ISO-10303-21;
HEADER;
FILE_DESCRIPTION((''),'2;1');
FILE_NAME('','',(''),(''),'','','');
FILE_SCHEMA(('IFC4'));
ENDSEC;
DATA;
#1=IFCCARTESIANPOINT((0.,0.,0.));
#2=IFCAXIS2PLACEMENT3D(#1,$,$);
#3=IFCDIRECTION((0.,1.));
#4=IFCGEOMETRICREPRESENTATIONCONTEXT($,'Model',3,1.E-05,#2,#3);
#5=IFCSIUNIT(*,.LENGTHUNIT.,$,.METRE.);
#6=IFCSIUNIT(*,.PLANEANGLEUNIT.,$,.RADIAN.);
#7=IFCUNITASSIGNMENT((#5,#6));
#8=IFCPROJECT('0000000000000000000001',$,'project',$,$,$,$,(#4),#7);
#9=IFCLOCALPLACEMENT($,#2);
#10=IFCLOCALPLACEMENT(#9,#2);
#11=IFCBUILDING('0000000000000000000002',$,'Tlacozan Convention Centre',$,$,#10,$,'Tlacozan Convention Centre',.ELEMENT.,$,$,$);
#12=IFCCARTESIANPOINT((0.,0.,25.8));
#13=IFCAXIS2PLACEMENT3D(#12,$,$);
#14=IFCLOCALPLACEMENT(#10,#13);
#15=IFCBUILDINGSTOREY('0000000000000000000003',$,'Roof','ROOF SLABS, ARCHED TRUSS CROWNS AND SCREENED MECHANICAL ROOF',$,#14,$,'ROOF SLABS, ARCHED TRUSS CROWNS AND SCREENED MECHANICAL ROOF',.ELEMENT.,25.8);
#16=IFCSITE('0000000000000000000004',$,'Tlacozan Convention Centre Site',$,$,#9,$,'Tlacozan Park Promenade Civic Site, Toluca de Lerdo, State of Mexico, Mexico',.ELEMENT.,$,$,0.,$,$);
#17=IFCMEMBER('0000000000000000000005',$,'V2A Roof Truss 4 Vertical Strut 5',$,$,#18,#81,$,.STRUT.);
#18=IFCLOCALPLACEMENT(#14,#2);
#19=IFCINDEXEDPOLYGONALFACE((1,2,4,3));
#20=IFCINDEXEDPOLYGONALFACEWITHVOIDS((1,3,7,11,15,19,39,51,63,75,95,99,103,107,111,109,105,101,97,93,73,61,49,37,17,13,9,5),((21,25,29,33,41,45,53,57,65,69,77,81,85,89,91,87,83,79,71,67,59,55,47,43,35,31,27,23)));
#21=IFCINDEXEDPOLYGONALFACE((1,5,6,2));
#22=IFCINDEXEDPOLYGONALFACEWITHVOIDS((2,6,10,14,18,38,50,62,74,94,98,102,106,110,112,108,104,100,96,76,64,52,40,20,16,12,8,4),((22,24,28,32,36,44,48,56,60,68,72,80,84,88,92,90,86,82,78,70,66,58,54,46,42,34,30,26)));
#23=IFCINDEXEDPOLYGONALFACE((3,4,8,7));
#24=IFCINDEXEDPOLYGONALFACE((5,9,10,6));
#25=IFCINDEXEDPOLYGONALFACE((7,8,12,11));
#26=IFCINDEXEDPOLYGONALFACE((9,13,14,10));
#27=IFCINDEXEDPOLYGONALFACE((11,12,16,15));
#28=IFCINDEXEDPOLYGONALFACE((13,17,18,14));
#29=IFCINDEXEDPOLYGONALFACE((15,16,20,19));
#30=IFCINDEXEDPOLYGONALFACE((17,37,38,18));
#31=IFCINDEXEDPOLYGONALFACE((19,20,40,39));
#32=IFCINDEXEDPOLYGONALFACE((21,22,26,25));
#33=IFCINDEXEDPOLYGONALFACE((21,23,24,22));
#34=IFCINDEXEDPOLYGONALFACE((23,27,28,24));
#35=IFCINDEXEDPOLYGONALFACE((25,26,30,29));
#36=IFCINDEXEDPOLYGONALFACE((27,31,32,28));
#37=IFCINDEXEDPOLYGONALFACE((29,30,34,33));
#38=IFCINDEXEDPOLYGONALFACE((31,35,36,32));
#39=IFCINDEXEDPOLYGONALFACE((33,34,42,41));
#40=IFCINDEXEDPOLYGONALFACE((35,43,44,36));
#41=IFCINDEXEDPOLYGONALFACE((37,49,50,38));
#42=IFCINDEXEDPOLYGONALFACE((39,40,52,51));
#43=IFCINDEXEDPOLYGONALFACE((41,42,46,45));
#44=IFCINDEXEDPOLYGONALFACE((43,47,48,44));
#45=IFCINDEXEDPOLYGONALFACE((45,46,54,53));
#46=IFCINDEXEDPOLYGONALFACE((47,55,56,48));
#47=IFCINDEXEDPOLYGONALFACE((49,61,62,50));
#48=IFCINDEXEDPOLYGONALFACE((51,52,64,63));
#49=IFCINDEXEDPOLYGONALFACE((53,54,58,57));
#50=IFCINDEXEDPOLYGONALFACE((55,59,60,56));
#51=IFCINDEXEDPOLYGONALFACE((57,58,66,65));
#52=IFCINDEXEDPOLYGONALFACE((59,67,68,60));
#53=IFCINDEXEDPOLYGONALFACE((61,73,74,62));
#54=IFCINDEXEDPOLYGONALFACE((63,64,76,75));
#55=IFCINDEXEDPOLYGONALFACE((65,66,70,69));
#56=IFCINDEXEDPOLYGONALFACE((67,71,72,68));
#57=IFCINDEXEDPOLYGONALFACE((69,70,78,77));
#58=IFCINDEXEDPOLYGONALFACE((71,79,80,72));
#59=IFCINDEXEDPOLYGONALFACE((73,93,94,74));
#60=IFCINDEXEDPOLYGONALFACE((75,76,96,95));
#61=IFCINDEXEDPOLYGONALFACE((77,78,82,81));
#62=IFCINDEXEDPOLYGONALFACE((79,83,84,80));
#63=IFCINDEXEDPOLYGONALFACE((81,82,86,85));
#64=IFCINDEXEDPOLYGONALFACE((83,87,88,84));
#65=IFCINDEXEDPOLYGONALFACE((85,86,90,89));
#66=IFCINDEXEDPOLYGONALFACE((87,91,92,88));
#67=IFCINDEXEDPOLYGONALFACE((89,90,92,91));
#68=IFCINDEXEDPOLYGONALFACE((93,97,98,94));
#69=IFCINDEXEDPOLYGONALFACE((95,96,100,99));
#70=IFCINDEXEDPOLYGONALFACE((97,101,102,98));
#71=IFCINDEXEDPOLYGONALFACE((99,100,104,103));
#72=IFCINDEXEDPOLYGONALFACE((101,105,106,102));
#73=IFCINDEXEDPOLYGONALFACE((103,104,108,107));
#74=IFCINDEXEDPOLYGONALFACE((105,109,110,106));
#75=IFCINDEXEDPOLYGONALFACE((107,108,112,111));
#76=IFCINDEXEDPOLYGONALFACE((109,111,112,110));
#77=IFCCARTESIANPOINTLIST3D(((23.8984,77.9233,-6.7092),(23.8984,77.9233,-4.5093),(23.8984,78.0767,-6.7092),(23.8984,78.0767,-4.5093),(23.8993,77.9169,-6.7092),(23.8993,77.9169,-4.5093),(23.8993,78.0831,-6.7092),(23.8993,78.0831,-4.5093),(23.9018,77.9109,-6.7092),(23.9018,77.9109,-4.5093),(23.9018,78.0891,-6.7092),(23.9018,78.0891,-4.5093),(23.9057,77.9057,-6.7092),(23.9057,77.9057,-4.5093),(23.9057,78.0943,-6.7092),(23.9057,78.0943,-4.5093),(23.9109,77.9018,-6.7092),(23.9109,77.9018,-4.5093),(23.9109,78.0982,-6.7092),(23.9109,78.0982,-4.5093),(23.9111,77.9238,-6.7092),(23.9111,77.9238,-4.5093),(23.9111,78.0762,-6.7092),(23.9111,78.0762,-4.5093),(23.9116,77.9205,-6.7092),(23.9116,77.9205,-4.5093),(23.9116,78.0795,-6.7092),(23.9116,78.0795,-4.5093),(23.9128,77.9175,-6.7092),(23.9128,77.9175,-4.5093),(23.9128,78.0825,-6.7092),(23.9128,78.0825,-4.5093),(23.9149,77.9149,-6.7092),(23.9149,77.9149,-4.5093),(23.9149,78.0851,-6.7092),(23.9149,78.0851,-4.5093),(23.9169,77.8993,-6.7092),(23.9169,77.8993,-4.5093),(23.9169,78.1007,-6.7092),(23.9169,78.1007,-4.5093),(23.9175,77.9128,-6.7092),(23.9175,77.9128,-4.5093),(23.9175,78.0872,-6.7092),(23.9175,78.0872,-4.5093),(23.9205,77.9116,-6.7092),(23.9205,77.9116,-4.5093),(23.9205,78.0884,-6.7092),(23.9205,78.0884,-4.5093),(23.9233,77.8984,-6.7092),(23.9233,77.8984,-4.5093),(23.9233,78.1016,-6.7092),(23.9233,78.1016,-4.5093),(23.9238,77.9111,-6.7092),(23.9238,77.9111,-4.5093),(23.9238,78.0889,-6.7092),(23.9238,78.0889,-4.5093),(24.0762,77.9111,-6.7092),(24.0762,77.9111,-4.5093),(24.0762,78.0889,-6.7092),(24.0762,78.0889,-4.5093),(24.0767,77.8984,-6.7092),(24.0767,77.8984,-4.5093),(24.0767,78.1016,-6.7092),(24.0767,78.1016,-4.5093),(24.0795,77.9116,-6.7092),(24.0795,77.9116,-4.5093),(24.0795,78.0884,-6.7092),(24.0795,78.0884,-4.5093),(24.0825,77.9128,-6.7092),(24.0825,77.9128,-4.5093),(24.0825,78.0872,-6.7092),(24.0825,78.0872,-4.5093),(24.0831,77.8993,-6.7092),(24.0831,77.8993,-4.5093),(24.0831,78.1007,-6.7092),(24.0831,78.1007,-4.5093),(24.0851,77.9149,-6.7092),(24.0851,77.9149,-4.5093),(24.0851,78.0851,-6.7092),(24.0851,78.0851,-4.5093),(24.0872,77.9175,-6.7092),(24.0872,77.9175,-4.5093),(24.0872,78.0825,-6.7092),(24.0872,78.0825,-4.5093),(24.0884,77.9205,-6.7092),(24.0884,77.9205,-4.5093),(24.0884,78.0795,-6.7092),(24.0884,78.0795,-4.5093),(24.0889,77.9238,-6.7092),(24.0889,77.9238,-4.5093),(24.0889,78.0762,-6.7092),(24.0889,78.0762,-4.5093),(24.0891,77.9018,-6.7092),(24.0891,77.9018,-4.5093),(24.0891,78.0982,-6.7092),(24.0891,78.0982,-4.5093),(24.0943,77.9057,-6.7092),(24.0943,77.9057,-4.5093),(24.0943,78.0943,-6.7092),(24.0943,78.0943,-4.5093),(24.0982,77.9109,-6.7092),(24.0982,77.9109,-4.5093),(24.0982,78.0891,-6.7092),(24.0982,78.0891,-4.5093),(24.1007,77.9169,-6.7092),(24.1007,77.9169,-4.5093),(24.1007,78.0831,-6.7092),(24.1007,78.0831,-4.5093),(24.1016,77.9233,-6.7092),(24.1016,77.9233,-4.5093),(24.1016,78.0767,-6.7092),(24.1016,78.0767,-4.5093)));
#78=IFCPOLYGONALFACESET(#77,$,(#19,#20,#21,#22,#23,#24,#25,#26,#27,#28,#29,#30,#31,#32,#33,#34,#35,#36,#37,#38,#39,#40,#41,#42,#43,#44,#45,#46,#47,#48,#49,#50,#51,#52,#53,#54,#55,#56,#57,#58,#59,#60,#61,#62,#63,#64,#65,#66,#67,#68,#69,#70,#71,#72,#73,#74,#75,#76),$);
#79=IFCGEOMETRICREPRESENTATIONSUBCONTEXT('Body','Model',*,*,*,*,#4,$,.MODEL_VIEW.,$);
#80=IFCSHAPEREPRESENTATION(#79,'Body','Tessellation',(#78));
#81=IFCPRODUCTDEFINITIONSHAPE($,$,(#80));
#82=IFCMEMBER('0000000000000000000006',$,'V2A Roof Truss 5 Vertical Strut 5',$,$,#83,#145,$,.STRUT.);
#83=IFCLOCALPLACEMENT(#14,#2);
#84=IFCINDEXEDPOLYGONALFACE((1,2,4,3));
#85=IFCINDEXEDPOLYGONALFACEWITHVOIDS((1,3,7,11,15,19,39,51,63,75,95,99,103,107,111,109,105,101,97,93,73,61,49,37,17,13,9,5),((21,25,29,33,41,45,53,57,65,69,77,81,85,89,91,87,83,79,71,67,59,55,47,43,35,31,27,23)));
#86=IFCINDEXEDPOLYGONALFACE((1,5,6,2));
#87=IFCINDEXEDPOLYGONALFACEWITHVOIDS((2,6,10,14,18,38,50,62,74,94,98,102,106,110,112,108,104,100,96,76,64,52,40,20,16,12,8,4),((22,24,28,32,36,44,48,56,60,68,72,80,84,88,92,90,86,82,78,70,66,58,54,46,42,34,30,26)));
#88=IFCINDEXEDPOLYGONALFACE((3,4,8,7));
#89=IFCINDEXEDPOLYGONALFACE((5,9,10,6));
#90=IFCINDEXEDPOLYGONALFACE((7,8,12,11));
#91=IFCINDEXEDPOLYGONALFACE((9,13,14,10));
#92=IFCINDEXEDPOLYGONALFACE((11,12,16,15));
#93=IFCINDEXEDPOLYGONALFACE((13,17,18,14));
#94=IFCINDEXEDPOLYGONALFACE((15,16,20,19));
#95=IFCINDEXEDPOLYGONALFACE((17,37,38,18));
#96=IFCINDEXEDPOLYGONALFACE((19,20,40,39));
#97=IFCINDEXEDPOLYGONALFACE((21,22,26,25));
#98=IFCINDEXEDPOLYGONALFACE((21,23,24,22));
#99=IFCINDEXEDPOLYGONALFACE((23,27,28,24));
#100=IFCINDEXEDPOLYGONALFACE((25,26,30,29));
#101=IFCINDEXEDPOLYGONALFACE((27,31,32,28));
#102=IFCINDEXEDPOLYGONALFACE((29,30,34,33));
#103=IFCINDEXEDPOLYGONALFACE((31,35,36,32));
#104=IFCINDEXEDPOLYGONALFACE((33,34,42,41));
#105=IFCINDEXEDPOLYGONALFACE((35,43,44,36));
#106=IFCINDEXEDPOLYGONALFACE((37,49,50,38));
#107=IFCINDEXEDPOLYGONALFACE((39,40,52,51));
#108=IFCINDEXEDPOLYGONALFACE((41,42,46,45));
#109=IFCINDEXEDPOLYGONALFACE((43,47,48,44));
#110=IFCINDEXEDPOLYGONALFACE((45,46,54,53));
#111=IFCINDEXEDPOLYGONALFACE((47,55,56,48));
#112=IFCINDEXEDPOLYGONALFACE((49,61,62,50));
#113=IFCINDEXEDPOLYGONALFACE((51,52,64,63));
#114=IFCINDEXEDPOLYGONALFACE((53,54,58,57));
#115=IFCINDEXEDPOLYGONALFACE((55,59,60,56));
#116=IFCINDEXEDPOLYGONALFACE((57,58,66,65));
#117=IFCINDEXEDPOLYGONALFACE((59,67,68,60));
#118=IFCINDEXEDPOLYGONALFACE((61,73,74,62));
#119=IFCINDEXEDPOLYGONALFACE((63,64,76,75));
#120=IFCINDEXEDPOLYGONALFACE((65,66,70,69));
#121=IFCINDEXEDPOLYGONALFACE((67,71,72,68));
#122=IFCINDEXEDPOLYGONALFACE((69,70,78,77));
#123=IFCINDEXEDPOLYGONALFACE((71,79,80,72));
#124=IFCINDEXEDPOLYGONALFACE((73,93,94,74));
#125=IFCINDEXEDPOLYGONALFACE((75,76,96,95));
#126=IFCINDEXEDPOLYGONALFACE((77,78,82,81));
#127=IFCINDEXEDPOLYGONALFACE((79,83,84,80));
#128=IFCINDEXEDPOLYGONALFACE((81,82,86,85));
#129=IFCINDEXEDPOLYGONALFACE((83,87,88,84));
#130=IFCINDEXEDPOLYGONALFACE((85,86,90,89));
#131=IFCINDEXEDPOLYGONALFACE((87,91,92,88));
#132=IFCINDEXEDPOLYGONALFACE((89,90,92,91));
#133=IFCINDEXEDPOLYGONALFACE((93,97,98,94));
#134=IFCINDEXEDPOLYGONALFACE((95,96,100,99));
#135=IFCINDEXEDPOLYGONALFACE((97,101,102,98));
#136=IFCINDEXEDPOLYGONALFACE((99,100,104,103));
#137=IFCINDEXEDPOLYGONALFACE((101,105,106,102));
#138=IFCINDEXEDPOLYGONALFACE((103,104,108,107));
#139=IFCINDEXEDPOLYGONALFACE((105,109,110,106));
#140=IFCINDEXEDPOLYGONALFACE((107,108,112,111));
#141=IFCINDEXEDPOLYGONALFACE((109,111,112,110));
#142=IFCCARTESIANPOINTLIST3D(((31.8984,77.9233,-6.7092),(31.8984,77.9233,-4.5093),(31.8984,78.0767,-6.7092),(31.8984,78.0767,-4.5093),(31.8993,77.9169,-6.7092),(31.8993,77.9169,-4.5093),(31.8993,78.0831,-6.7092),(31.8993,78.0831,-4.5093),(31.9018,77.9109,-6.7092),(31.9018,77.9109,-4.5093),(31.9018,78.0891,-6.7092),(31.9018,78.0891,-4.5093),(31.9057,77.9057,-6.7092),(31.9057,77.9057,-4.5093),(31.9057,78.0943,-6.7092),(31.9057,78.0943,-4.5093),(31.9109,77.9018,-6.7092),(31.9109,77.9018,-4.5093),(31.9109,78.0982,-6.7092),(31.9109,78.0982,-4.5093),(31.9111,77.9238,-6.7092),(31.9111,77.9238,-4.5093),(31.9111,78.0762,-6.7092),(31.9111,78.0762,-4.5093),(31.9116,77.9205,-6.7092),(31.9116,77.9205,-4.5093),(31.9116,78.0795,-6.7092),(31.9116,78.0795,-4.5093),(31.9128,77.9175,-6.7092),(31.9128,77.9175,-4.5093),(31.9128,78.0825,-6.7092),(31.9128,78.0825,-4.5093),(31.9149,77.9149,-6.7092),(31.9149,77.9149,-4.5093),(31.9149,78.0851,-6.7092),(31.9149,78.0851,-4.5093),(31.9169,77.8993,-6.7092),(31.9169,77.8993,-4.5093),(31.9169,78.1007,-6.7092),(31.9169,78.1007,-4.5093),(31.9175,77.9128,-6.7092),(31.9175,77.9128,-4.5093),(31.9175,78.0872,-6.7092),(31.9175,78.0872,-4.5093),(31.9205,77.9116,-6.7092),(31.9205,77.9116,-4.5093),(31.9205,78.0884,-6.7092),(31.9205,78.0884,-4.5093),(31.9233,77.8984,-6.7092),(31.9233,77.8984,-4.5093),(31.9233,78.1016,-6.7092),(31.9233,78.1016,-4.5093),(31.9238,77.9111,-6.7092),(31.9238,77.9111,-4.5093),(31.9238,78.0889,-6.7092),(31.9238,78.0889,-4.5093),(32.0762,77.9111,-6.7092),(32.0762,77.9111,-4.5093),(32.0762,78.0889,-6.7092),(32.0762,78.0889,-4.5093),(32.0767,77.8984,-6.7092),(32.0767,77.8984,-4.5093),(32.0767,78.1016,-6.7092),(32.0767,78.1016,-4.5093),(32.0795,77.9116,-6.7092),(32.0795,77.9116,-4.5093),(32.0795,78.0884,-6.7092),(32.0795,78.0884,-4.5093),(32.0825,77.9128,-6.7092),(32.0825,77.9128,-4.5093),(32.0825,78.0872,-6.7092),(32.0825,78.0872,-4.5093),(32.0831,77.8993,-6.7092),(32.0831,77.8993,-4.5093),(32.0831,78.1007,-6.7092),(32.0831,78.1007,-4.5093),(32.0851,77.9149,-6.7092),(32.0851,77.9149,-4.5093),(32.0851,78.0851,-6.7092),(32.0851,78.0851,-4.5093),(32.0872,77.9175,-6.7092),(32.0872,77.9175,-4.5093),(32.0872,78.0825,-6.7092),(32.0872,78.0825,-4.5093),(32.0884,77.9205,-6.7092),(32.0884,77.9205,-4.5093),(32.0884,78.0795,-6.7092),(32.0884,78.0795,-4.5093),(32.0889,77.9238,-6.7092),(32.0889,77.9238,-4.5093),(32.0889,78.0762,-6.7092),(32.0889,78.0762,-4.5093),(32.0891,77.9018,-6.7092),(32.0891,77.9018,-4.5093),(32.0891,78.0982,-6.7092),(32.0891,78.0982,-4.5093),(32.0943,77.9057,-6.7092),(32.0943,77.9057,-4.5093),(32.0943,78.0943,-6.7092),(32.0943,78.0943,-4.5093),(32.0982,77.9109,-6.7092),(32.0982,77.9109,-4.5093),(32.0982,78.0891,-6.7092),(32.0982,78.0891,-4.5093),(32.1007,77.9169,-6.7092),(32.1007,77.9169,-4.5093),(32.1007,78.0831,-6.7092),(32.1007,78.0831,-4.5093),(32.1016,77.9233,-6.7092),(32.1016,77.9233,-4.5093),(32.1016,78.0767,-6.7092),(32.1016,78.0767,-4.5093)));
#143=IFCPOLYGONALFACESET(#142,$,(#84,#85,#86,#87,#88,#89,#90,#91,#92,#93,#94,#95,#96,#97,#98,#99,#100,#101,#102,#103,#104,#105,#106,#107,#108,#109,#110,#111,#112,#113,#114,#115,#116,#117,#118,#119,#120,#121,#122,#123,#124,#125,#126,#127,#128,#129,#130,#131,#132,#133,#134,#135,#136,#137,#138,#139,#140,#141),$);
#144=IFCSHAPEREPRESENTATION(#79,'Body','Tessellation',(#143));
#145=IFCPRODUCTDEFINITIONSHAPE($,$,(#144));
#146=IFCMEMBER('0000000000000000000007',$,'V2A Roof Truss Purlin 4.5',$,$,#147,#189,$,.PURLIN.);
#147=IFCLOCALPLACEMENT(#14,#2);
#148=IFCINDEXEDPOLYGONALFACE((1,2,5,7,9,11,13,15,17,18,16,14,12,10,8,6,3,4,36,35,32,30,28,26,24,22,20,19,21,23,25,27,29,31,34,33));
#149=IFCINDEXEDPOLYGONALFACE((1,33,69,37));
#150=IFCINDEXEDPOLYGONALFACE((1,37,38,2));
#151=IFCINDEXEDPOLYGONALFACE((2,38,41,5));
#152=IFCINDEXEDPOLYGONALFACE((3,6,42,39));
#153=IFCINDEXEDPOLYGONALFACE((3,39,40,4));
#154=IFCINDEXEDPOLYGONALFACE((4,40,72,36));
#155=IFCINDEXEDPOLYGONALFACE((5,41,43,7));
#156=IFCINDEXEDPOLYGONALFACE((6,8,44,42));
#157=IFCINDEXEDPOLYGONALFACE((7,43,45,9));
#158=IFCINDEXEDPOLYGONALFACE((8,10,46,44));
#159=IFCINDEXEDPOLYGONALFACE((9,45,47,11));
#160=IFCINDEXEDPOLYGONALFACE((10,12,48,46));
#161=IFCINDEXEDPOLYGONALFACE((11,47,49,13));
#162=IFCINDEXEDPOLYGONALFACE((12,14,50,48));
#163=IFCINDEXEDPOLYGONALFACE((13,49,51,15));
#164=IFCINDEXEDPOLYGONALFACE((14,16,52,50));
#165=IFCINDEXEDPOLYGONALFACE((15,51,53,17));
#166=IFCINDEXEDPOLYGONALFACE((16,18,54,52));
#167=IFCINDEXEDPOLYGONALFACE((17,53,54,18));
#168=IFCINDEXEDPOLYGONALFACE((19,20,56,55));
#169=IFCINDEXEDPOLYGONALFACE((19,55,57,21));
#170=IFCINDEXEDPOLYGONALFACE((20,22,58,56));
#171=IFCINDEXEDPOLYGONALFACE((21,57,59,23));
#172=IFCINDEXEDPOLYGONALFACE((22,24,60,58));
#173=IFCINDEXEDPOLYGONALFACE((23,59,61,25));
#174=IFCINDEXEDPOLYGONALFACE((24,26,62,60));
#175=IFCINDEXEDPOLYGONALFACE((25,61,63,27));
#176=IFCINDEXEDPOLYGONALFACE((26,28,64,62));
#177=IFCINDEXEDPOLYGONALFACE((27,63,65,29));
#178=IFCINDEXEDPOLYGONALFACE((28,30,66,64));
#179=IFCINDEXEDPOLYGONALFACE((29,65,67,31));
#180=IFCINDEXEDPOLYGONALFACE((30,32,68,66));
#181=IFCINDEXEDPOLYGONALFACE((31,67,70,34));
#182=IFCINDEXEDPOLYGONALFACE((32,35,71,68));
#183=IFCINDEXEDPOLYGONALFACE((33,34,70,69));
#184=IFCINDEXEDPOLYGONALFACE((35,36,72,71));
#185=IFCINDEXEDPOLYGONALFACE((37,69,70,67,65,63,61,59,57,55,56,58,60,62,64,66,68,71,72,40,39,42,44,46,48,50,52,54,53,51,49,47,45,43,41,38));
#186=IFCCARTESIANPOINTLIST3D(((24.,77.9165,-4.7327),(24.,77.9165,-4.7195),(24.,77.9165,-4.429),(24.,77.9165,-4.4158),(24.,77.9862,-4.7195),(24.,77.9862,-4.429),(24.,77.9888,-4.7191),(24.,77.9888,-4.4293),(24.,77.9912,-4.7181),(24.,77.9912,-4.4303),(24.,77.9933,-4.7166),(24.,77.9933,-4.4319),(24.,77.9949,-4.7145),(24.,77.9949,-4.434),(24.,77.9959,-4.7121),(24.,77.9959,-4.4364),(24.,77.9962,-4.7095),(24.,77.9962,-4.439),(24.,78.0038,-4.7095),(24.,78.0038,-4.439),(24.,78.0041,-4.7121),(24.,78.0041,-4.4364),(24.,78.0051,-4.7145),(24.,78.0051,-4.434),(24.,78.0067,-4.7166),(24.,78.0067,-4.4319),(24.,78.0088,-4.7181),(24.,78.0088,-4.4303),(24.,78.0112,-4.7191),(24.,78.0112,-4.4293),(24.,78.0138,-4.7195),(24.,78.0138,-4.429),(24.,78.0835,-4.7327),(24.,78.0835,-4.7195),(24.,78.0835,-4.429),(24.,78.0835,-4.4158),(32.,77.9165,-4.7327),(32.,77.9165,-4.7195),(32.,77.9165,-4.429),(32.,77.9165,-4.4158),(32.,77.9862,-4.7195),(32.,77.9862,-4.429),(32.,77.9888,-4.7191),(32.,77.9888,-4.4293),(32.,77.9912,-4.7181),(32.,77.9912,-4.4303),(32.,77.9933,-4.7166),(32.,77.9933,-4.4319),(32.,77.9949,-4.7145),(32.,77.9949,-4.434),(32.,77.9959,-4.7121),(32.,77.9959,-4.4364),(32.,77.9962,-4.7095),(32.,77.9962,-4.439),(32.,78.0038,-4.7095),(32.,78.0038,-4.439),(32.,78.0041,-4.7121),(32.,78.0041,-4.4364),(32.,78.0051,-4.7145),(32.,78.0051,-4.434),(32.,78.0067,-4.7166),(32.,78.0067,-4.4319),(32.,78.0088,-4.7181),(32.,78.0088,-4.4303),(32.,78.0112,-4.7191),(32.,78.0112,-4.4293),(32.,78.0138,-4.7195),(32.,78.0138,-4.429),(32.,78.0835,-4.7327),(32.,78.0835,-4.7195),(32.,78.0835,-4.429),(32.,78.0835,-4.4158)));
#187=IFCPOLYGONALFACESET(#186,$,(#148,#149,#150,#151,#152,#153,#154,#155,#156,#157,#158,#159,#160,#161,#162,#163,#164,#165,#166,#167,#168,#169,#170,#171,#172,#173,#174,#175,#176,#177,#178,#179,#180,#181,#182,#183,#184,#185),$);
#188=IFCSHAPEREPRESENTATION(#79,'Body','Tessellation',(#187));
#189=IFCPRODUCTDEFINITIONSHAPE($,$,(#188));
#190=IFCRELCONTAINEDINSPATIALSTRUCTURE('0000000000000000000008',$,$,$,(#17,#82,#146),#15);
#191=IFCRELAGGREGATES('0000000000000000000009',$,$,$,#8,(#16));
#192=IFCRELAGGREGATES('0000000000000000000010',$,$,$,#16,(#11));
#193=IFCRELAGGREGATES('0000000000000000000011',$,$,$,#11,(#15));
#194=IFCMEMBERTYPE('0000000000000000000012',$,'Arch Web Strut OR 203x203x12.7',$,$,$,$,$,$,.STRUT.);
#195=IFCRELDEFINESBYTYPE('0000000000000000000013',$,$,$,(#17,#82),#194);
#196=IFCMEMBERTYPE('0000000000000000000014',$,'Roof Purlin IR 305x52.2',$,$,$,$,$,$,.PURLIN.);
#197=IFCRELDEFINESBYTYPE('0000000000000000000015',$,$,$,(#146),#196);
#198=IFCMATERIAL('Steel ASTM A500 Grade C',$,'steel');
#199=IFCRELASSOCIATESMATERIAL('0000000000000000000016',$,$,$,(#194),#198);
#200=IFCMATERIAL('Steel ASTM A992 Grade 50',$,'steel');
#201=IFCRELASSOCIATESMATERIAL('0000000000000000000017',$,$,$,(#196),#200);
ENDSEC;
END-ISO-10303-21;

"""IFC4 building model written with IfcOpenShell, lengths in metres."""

from ifc_helpers import new_model, si_unit, direction, frame, origin, origin_2d, place, context, subcontext, project, spatial, hollow_rectangle, i_section, extrude, material, material_profile, profile_set, type_object, element, save


model = new_model("IFC4")

# Units and contexts
model_context = context("Model", 3, precision=1e-05, world=origin(), true_north=direction((0.0, 1.0)))
body_context = subcontext(model_context, "Body", "Model", "MODEL_VIEW")
ifc_project = project(units=[si_unit("LENGTHUNIT", "METRE"), si_unit("PLANEANGLEUNIT", "RADIAN")], contexts=[model_context])

# Site, building, storey
site_placement = place(None, origin())
site = spatial("IfcSite", under=ifc_project, at=site_placement, Name="Tlacozan Convention Centre Site", LongName="Tlacozan Park Promenade Civic Site, Toluca de Lerdo, State of Mexico, Mexico", CompositionType="ELEMENT", RefElevation=0.0)
building_placement = place(site_placement, origin())
building = spatial("IfcBuilding", under=site, at=building_placement, Name="Tlacozan Convention Centre", LongName="Tlacozan Convention Centre", CompositionType="ELEMENT")
storey_placement = place(building_placement, frame((0.0, 0.0, 25.8)))
storey = spatial("IfcBuildingStorey", under=building, at=storey_placement, Name="Roof", Description="ROOF SLABS, ARCHED TRUSS CROWNS AND SCREENED MECHANICAL ROOF", LongName="ROOF SLABS, ARCHED TRUSS CROWNS AND SCREENED MECHANICAL ROOF", CompositionType="ELEMENT", Elevation=25.8)

# Members
ifc_material_1 = material(Name="Steel ASTM A500 Grade C", Category="steel")
ifc_material_profile_1 = material_profile(ifc_material_1, hollow_rectangle(XDim=0.2031, YDim=0.2031, WallThickness=0.0127, InnerFilletRadius=0.0127, OuterFilletRadius=0.0249, at=origin_2d()), Name="OR 203x203x12.7")
ifc_profile_set_1 = profile_set([ifc_material_profile_1], Name="Steel ASTM A500 Grade C")
member_type_1 = type_object("IfcMemberType", Name="Arch Web Strut OR 203x203x12.7", PredefinedType="STRUT", material=ifc_profile_set_1)
for number, where, z_axis, x_axis, name in (
    (1, (24.0, 78.0, -6.7092), (0.0, 0.0, 1.0), (1.0, 0.0, 0.0), "V2A Roof Truss 4 Vertical Strut 5"),
    (2, (32.0, 78.0, -6.7092), (0.0, 0.0, 1.0), (1.0, 0.0, 0.0), "V2A Roof Truss 5 Vertical Strut 5"),
):
    element("IfcMember", number, at=place(storey_placement, frame(where, z_axis=z_axis, x_axis=x_axis)), inside=storey, type_object=member_type_1, Name=name, PredefinedType="STRUT", context=body_context, shape_type="SweptSolid", body=[
        extrude(hollow_rectangle(XDim=0.2031, YDim=0.2031, WallThickness=0.0127, InnerFilletRadius=0.0127, OuterFilletRadius=0.0249, at=origin_2d()), origin(), (0.0, 0.0, 1.0), 2.2),
    ])
ifc_material_2 = material(Name="Steel ASTM A992 Grade 50", Category="steel")
ifc_material_profile_2 = material_profile(ifc_material_2, i_section(OverallWidth=0.167, OverallDepth=0.3169, WebThickness=0.0076, FlangeThickness=0.0132, FilletRadius=0.01, at=origin_2d()), Name="IR 305x52.2")
ifc_profile_set_2 = profile_set([ifc_material_profile_2], Name="Steel ASTM A992 Grade 50")
member_type_2 = type_object("IfcMemberType", Name="Roof Purlin IR 305x52.2", PredefinedType="PURLIN", material=ifc_profile_set_2)
for number, where, z_axis, x_axis, name in (
    (3, (24.0, 78.0, -4.5742), (1.0, 0.0, 0.0), (0.0, 1.0, 0.0), "V2A Roof Truss Purlin 4.5"),
):
    element("IfcMember", number, at=place(storey_placement, frame(where, z_axis=z_axis, x_axis=x_axis)), inside=storey, type_object=member_type_2, Name=name, PredefinedType="PURLIN", context=body_context, shape_type="SweptSolid", body=[
        extrude(i_section(OverallWidth=0.167, OverallDepth=0.3169, WebThickness=0.0076, FlangeThickness=0.0132, FilletRadius=0.01, at=origin_2d()), origin(), (0.0, 0.0, 1.0), 8.0),
    ])

save(model, "model.ifc")
